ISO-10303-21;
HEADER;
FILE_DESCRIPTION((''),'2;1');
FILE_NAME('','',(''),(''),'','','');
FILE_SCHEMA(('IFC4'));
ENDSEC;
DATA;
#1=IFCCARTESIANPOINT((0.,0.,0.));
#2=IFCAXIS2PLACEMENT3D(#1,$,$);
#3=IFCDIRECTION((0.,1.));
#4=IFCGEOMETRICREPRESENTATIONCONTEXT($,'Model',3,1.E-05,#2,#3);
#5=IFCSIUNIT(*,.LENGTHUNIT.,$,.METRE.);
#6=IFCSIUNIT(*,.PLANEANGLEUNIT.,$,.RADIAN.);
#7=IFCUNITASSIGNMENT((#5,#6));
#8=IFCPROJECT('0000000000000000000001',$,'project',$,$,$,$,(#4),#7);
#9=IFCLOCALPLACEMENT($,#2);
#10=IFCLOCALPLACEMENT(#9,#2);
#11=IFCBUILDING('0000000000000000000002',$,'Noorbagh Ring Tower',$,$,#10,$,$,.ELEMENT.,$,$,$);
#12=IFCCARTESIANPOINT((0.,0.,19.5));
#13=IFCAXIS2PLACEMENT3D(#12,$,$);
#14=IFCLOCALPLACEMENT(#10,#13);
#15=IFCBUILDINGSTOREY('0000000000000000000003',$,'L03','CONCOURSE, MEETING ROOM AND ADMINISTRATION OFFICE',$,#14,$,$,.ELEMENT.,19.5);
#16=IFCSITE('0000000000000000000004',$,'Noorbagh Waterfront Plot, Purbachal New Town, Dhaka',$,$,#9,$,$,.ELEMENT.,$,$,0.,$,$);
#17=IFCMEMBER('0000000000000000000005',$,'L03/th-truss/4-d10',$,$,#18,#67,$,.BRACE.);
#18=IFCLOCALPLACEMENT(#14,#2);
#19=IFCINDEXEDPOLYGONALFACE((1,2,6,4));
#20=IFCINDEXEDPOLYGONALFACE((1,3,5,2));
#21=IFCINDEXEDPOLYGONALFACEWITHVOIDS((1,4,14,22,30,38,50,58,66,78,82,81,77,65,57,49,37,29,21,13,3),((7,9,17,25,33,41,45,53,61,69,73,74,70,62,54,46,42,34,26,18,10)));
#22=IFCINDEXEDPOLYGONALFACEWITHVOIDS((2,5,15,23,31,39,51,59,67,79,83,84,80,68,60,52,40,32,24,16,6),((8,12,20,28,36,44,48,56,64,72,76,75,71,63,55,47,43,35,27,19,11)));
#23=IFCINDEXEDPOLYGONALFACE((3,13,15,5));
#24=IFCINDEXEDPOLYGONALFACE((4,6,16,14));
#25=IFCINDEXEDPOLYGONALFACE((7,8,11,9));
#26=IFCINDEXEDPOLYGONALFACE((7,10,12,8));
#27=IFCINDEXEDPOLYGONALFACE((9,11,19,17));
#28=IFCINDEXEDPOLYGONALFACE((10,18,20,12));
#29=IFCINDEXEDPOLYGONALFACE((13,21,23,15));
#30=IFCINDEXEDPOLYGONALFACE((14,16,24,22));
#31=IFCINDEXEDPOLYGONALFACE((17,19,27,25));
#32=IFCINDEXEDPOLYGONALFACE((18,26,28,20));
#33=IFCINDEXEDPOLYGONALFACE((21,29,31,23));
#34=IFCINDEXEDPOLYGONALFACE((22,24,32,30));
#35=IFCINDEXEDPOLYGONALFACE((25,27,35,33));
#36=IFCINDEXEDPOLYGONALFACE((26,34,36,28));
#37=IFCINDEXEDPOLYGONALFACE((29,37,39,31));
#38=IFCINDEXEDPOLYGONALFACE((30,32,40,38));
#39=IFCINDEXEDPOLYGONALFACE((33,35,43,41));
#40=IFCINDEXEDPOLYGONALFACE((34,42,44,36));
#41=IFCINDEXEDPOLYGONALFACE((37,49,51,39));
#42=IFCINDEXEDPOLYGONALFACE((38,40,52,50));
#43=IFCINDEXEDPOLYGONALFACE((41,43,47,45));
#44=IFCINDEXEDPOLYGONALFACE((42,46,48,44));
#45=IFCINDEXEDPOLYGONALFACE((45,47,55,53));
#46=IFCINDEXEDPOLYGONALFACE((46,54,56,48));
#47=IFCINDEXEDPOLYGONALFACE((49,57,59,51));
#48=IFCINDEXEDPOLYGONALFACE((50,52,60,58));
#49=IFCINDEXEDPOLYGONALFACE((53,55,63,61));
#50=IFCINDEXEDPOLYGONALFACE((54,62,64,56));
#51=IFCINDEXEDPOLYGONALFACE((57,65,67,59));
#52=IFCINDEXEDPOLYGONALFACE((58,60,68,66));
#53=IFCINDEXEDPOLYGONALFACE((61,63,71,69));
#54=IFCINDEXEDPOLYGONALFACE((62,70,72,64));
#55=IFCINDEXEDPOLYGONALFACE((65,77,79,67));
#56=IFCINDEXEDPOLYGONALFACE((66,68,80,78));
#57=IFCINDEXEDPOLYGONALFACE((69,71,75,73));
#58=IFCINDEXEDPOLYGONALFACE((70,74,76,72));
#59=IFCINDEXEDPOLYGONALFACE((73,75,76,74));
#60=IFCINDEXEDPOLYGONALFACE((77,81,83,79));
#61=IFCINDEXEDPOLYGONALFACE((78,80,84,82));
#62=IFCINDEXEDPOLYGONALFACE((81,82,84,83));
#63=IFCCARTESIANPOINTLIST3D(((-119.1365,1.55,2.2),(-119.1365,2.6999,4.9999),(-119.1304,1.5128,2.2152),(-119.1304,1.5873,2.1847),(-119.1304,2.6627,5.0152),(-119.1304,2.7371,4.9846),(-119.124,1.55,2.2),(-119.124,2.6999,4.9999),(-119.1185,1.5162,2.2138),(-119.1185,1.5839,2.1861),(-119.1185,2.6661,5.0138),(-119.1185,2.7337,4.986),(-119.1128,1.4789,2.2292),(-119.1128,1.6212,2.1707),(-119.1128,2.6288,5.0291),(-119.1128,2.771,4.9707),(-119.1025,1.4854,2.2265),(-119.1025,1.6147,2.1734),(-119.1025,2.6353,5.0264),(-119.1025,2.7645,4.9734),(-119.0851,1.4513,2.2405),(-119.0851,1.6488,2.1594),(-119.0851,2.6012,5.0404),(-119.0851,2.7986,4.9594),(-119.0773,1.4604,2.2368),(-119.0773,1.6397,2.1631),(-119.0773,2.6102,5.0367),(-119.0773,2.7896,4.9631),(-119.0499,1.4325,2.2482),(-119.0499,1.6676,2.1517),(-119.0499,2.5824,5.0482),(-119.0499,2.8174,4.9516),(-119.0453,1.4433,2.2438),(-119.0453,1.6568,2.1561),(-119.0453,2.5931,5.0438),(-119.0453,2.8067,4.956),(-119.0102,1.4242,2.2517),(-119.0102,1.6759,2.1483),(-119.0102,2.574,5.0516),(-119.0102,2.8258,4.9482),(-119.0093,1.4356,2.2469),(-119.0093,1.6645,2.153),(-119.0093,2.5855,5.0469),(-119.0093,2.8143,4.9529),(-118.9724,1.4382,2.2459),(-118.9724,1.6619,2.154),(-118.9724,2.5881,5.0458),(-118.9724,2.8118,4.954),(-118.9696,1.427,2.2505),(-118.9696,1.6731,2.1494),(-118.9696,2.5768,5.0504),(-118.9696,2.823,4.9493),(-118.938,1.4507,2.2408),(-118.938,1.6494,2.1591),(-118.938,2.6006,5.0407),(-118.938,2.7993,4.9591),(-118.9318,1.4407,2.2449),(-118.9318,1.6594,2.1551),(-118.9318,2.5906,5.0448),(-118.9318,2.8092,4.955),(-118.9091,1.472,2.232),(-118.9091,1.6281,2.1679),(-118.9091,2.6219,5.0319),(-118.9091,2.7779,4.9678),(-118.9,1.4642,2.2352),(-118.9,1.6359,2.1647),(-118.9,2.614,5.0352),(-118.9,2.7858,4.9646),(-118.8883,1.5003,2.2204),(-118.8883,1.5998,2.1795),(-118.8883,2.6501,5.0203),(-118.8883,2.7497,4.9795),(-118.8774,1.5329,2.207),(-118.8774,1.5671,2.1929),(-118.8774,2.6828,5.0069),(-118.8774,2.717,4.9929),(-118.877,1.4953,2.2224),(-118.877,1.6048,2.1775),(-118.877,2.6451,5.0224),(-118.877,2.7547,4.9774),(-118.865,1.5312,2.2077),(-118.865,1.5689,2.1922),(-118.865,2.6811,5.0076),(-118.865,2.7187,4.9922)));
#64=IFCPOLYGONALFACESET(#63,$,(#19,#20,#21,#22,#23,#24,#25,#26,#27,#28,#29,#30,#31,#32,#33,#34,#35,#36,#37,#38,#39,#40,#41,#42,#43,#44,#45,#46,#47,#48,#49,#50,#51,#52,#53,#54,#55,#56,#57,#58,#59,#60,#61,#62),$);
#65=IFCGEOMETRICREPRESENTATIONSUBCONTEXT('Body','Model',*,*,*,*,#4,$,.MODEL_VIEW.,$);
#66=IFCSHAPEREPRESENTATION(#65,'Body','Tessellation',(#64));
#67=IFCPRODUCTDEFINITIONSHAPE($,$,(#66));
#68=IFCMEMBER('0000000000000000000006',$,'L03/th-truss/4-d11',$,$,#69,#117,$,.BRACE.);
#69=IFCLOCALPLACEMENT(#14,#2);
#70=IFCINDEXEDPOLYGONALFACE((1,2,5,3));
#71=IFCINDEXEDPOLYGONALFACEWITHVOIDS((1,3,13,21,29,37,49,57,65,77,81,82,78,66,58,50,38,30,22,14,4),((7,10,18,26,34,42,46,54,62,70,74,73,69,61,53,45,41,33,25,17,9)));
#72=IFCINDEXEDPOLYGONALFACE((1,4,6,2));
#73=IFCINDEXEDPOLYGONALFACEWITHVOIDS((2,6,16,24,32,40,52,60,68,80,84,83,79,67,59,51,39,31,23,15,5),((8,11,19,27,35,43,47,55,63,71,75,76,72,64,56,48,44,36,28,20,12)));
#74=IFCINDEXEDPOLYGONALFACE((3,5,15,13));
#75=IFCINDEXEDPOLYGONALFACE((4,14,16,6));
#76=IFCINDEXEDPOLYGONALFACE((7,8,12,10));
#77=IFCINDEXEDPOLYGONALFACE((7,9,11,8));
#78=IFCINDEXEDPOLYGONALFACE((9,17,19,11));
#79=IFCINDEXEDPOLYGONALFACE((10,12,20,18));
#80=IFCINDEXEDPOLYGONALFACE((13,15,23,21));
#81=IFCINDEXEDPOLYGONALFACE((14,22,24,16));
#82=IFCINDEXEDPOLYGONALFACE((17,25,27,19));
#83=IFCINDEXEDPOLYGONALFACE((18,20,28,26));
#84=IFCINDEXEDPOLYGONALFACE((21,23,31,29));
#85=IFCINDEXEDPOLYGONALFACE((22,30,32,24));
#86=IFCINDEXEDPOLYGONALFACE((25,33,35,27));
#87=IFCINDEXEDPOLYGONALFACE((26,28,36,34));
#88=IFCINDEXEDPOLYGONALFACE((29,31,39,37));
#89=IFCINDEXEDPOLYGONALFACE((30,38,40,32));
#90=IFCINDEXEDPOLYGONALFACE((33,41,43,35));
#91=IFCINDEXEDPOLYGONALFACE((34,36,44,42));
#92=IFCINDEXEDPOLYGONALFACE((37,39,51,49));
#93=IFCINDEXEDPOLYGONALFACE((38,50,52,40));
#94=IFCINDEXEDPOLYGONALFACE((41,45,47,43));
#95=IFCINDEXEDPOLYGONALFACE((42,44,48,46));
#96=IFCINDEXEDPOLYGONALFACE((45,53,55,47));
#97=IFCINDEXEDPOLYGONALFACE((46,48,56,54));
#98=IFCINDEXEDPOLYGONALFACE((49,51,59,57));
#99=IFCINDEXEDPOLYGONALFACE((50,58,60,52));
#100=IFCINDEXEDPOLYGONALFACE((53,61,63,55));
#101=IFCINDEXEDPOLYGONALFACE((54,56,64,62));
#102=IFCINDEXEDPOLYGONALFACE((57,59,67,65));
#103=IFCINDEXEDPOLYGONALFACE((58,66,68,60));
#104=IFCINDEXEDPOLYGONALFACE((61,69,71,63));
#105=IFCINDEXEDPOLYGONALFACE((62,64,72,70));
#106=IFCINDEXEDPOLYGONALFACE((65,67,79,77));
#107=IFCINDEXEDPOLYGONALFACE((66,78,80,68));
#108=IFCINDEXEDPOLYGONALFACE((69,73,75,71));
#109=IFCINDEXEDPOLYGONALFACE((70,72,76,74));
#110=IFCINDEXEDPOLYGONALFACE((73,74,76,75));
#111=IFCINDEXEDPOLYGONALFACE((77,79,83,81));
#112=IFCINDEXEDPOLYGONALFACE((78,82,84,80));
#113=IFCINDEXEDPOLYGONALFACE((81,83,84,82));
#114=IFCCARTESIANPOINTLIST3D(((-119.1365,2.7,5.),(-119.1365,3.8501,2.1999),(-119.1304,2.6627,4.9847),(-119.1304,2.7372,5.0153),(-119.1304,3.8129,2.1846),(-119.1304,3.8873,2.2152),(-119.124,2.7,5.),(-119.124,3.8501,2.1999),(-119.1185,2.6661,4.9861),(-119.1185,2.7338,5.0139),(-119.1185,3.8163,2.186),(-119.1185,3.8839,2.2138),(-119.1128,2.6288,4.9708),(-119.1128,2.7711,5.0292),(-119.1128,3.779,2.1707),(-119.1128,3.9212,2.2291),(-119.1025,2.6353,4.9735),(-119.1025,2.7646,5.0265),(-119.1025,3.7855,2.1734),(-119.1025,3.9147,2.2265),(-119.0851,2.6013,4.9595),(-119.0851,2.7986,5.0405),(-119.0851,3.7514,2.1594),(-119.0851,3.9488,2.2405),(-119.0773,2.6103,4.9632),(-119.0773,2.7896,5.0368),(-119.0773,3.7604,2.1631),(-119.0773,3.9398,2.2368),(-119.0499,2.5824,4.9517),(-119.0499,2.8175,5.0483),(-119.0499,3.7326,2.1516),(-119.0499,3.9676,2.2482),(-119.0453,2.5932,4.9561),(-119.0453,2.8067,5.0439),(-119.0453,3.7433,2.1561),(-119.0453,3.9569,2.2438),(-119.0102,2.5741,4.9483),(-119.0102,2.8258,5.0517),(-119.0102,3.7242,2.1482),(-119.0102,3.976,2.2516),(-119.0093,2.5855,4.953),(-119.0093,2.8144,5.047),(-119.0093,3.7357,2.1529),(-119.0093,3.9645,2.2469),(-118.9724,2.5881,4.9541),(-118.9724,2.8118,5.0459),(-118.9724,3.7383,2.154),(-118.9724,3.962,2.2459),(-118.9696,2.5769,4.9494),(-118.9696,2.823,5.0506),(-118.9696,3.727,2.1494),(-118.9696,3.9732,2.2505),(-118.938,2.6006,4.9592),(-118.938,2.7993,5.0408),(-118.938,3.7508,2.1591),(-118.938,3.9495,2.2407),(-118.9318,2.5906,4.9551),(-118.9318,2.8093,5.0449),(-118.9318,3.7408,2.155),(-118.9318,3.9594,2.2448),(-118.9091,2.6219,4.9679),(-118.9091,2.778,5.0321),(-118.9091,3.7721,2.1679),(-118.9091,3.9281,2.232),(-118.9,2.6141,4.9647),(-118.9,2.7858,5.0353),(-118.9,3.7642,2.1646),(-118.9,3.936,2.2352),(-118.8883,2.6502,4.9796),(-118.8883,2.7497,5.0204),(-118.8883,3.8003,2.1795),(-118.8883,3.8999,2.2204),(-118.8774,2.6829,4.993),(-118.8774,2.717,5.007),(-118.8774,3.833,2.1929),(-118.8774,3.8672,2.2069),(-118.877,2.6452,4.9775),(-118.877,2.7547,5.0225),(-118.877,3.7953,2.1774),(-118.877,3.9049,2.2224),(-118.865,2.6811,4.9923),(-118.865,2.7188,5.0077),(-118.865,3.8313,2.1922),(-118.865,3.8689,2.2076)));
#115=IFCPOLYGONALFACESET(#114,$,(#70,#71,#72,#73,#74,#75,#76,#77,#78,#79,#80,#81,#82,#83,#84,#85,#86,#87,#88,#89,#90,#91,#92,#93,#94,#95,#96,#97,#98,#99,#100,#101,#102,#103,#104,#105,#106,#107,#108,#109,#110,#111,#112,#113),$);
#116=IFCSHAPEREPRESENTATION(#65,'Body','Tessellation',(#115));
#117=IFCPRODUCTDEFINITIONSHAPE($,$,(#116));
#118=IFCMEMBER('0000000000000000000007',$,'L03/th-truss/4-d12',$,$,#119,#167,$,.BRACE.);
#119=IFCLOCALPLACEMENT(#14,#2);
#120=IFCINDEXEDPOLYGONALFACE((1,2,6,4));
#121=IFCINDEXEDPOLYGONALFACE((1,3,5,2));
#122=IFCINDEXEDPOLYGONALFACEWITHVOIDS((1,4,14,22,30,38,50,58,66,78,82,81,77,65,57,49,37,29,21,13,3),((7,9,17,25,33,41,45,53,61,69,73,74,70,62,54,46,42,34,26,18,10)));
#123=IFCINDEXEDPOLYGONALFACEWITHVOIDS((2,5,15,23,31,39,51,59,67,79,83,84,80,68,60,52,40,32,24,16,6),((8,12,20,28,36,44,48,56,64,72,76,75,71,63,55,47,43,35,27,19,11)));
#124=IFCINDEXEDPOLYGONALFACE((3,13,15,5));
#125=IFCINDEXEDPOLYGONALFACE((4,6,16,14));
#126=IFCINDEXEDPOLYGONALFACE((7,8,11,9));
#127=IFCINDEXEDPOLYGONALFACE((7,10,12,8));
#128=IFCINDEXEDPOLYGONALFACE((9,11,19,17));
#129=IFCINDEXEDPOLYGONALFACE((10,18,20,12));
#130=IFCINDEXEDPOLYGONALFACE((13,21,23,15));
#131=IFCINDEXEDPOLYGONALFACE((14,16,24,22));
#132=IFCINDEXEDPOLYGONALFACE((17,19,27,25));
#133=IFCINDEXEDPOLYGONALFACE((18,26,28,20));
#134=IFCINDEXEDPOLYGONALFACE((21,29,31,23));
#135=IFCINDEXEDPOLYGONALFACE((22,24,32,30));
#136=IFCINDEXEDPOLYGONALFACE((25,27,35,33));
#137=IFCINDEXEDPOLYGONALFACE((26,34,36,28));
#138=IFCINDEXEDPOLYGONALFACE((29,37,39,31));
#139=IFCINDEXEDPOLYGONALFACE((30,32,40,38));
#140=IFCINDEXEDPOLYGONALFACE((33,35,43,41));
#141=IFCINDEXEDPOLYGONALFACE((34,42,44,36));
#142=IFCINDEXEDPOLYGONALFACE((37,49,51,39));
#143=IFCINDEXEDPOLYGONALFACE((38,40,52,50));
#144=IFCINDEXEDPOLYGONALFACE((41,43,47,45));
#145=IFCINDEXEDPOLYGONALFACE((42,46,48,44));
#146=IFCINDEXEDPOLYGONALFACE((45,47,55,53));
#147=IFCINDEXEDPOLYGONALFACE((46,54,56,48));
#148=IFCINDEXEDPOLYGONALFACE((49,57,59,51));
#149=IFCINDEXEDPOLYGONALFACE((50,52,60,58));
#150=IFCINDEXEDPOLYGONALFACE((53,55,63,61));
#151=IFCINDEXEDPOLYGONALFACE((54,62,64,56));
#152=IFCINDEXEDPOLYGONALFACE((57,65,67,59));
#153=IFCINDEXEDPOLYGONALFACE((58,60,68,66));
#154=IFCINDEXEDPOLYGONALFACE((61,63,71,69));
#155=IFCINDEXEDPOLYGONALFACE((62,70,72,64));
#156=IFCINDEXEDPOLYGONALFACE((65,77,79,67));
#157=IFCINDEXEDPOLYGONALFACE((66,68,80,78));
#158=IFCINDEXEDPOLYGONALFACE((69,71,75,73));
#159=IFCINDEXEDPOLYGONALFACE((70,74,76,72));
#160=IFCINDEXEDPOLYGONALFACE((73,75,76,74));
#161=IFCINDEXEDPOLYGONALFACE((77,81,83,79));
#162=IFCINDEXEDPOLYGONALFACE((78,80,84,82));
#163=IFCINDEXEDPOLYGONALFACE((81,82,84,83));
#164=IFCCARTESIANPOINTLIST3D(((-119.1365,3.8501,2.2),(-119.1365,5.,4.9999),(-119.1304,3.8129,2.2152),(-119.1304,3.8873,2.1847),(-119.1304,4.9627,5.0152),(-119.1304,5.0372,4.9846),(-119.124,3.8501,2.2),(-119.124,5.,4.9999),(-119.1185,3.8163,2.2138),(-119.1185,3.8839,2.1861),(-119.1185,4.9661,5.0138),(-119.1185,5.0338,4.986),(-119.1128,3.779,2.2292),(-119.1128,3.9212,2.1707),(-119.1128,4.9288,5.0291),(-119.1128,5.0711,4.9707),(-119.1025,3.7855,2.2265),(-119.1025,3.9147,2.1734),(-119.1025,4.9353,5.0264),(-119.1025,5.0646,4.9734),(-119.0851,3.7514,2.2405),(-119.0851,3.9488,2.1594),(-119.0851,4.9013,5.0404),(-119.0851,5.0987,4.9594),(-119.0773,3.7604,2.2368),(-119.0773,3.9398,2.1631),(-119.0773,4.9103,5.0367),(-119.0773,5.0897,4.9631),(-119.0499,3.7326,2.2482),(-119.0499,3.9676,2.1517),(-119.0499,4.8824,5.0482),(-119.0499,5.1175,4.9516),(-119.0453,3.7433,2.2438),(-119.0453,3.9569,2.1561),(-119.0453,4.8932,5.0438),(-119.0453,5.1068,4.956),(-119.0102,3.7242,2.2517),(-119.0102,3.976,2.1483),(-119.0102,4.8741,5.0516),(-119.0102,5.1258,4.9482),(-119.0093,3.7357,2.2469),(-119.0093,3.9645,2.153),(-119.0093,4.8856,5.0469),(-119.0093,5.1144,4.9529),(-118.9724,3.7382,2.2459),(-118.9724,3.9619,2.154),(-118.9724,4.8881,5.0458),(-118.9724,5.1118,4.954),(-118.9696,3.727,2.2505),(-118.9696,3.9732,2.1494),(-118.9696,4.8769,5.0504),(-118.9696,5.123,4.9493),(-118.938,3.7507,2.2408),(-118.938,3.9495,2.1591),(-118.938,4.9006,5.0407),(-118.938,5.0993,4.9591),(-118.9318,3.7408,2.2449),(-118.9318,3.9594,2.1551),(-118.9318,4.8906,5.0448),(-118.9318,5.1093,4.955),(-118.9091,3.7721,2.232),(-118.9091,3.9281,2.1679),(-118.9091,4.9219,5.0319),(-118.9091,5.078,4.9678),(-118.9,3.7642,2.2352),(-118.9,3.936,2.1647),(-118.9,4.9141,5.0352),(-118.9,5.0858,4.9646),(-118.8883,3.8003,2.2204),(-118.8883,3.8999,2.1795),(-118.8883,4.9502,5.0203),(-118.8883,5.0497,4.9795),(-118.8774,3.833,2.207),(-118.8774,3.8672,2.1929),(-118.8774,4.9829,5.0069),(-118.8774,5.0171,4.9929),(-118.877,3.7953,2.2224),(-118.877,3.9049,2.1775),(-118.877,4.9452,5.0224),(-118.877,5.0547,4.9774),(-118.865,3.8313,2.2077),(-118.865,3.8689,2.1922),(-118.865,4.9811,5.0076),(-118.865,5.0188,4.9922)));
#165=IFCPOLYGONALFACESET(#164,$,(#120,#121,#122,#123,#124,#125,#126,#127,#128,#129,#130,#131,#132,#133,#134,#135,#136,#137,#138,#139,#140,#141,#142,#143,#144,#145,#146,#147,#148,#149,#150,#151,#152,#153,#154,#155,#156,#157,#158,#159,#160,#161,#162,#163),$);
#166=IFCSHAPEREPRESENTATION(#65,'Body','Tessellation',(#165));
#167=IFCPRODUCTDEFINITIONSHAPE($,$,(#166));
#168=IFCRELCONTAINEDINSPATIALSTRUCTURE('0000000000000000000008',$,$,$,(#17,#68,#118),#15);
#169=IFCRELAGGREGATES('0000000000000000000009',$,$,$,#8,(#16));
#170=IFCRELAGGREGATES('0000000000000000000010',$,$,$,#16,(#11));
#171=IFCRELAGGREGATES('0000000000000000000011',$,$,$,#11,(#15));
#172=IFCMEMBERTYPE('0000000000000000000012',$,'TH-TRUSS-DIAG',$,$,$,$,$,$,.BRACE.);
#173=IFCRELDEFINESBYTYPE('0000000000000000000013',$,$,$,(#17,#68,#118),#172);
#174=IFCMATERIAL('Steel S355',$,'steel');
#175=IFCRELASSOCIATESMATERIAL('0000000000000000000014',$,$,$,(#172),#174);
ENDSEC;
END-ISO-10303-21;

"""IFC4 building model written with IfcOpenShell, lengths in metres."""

from ifc_helpers import new_model, si_unit, direction, frame, origin, origin_2d, place, context, subcontext, project, spatial, hollow_circle, extrude, material, material_profile, profile_set, type_object, element, save


model = new_model("IFC4")

# Units and contexts
model_context = context("Model", 3, precision=1e-05, world=origin(), true_north=direction((0.0, 1.0)))
body_context = subcontext(model_context, "Body", "Model", "MODEL_VIEW")
ifc_project = project(units=[si_unit("LENGTHUNIT", "METRE"), si_unit("PLANEANGLEUNIT", "RADIAN")], contexts=[model_context])

# Site, building, storey
site_placement = place(None, origin())
site = spatial("IfcSite", under=ifc_project, at=site_placement, Name="Noorbagh Waterfront Plot, Purbachal New Town, Dhaka", CompositionType="ELEMENT", RefElevation=0.0)
building_placement = place(site_placement, origin())
building = spatial("IfcBuilding", under=site, at=building_placement, Name="Noorbagh Ring Tower", CompositionType="ELEMENT")
storey_placement = place(building_placement, frame((0.0, 0.0, 19.5)))
storey = spatial("IfcBuildingStorey", under=building, at=storey_placement, Name="L03", Description="CONCOURSE, MEETING ROOM AND ADMINISTRATION OFFICE", CompositionType="ELEMENT", Elevation=19.5)

# Members
ifc_material_1 = material(Name="Steel S355", Category="steel")
ifc_material_profile = material_profile(ifc_material_1, hollow_circle(Radius=0.1365, WallThickness=0.0125, at=origin_2d()), Name="CHS273x12.5")
ifc_profile_set = profile_set([ifc_material_profile], Name="Steel S355")
member_type = type_object("IfcMemberType", Name="TH-TRUSS-DIAG", PredefinedType="BRACE", material=ifc_profile_set)
member_1_placement = place(storey_placement, frame((-119.0, 1.55, 2.2), z_axis=(0.0, 0.379886, 0.925033), x_axis=(-1.0, 0.0, 0.0)))
element("IfcMember", 1, at=member_1_placement, inside=storey, type_object=member_type, Name="L03/th-truss/4-d10", PredefinedType="BRACE", context=body_context, shape_type="SweptSolid", body=[
    extrude(hollow_circle(Radius=0.1365, WallThickness=0.0125, at=origin_2d()), origin(), (0.0, 0.0, 1.0), 3.0269),
])
member_2_placement = place(storey_placement, frame((-119.0, 2.7, 5.0), z_axis=(0.0, 0.379955, -0.925005), x_axis=(-1.0, 0.0, 0.0)))
element("IfcMember", 2, at=member_2_placement, inside=storey, type_object=member_type, Name="L03/th-truss/4-d11", PredefinedType="BRACE", context=body_context, shape_type="SweptSolid", body=[
    extrude(hollow_circle(Radius=0.1365, WallThickness=0.0125, at=origin_2d()), origin(), (0.0, 0.0, 1.0), 3.0271),
])
for number, where, z_axis, x_axis, name in (
    (3, (-119.0, 3.8501, 2.2), (0.0, 0.379886, 0.925033), (-1.0, 0.0, 0.0), "L03/th-truss/4-d12"),
):
    element("IfcMember", number, at=place(storey_placement, frame(where, z_axis=z_axis, x_axis=x_axis)), inside=storey, type_object=member_type, Name=name, PredefinedType="BRACE", context=body_context, shape_type="SweptSolid", body=[
        extrude(hollow_circle(Radius=0.1365, WallThickness=0.0125, at=origin_2d()), origin(), (0.0, 0.0, 1.0), 3.0269),
    ])

save(model, "model.ifc")
